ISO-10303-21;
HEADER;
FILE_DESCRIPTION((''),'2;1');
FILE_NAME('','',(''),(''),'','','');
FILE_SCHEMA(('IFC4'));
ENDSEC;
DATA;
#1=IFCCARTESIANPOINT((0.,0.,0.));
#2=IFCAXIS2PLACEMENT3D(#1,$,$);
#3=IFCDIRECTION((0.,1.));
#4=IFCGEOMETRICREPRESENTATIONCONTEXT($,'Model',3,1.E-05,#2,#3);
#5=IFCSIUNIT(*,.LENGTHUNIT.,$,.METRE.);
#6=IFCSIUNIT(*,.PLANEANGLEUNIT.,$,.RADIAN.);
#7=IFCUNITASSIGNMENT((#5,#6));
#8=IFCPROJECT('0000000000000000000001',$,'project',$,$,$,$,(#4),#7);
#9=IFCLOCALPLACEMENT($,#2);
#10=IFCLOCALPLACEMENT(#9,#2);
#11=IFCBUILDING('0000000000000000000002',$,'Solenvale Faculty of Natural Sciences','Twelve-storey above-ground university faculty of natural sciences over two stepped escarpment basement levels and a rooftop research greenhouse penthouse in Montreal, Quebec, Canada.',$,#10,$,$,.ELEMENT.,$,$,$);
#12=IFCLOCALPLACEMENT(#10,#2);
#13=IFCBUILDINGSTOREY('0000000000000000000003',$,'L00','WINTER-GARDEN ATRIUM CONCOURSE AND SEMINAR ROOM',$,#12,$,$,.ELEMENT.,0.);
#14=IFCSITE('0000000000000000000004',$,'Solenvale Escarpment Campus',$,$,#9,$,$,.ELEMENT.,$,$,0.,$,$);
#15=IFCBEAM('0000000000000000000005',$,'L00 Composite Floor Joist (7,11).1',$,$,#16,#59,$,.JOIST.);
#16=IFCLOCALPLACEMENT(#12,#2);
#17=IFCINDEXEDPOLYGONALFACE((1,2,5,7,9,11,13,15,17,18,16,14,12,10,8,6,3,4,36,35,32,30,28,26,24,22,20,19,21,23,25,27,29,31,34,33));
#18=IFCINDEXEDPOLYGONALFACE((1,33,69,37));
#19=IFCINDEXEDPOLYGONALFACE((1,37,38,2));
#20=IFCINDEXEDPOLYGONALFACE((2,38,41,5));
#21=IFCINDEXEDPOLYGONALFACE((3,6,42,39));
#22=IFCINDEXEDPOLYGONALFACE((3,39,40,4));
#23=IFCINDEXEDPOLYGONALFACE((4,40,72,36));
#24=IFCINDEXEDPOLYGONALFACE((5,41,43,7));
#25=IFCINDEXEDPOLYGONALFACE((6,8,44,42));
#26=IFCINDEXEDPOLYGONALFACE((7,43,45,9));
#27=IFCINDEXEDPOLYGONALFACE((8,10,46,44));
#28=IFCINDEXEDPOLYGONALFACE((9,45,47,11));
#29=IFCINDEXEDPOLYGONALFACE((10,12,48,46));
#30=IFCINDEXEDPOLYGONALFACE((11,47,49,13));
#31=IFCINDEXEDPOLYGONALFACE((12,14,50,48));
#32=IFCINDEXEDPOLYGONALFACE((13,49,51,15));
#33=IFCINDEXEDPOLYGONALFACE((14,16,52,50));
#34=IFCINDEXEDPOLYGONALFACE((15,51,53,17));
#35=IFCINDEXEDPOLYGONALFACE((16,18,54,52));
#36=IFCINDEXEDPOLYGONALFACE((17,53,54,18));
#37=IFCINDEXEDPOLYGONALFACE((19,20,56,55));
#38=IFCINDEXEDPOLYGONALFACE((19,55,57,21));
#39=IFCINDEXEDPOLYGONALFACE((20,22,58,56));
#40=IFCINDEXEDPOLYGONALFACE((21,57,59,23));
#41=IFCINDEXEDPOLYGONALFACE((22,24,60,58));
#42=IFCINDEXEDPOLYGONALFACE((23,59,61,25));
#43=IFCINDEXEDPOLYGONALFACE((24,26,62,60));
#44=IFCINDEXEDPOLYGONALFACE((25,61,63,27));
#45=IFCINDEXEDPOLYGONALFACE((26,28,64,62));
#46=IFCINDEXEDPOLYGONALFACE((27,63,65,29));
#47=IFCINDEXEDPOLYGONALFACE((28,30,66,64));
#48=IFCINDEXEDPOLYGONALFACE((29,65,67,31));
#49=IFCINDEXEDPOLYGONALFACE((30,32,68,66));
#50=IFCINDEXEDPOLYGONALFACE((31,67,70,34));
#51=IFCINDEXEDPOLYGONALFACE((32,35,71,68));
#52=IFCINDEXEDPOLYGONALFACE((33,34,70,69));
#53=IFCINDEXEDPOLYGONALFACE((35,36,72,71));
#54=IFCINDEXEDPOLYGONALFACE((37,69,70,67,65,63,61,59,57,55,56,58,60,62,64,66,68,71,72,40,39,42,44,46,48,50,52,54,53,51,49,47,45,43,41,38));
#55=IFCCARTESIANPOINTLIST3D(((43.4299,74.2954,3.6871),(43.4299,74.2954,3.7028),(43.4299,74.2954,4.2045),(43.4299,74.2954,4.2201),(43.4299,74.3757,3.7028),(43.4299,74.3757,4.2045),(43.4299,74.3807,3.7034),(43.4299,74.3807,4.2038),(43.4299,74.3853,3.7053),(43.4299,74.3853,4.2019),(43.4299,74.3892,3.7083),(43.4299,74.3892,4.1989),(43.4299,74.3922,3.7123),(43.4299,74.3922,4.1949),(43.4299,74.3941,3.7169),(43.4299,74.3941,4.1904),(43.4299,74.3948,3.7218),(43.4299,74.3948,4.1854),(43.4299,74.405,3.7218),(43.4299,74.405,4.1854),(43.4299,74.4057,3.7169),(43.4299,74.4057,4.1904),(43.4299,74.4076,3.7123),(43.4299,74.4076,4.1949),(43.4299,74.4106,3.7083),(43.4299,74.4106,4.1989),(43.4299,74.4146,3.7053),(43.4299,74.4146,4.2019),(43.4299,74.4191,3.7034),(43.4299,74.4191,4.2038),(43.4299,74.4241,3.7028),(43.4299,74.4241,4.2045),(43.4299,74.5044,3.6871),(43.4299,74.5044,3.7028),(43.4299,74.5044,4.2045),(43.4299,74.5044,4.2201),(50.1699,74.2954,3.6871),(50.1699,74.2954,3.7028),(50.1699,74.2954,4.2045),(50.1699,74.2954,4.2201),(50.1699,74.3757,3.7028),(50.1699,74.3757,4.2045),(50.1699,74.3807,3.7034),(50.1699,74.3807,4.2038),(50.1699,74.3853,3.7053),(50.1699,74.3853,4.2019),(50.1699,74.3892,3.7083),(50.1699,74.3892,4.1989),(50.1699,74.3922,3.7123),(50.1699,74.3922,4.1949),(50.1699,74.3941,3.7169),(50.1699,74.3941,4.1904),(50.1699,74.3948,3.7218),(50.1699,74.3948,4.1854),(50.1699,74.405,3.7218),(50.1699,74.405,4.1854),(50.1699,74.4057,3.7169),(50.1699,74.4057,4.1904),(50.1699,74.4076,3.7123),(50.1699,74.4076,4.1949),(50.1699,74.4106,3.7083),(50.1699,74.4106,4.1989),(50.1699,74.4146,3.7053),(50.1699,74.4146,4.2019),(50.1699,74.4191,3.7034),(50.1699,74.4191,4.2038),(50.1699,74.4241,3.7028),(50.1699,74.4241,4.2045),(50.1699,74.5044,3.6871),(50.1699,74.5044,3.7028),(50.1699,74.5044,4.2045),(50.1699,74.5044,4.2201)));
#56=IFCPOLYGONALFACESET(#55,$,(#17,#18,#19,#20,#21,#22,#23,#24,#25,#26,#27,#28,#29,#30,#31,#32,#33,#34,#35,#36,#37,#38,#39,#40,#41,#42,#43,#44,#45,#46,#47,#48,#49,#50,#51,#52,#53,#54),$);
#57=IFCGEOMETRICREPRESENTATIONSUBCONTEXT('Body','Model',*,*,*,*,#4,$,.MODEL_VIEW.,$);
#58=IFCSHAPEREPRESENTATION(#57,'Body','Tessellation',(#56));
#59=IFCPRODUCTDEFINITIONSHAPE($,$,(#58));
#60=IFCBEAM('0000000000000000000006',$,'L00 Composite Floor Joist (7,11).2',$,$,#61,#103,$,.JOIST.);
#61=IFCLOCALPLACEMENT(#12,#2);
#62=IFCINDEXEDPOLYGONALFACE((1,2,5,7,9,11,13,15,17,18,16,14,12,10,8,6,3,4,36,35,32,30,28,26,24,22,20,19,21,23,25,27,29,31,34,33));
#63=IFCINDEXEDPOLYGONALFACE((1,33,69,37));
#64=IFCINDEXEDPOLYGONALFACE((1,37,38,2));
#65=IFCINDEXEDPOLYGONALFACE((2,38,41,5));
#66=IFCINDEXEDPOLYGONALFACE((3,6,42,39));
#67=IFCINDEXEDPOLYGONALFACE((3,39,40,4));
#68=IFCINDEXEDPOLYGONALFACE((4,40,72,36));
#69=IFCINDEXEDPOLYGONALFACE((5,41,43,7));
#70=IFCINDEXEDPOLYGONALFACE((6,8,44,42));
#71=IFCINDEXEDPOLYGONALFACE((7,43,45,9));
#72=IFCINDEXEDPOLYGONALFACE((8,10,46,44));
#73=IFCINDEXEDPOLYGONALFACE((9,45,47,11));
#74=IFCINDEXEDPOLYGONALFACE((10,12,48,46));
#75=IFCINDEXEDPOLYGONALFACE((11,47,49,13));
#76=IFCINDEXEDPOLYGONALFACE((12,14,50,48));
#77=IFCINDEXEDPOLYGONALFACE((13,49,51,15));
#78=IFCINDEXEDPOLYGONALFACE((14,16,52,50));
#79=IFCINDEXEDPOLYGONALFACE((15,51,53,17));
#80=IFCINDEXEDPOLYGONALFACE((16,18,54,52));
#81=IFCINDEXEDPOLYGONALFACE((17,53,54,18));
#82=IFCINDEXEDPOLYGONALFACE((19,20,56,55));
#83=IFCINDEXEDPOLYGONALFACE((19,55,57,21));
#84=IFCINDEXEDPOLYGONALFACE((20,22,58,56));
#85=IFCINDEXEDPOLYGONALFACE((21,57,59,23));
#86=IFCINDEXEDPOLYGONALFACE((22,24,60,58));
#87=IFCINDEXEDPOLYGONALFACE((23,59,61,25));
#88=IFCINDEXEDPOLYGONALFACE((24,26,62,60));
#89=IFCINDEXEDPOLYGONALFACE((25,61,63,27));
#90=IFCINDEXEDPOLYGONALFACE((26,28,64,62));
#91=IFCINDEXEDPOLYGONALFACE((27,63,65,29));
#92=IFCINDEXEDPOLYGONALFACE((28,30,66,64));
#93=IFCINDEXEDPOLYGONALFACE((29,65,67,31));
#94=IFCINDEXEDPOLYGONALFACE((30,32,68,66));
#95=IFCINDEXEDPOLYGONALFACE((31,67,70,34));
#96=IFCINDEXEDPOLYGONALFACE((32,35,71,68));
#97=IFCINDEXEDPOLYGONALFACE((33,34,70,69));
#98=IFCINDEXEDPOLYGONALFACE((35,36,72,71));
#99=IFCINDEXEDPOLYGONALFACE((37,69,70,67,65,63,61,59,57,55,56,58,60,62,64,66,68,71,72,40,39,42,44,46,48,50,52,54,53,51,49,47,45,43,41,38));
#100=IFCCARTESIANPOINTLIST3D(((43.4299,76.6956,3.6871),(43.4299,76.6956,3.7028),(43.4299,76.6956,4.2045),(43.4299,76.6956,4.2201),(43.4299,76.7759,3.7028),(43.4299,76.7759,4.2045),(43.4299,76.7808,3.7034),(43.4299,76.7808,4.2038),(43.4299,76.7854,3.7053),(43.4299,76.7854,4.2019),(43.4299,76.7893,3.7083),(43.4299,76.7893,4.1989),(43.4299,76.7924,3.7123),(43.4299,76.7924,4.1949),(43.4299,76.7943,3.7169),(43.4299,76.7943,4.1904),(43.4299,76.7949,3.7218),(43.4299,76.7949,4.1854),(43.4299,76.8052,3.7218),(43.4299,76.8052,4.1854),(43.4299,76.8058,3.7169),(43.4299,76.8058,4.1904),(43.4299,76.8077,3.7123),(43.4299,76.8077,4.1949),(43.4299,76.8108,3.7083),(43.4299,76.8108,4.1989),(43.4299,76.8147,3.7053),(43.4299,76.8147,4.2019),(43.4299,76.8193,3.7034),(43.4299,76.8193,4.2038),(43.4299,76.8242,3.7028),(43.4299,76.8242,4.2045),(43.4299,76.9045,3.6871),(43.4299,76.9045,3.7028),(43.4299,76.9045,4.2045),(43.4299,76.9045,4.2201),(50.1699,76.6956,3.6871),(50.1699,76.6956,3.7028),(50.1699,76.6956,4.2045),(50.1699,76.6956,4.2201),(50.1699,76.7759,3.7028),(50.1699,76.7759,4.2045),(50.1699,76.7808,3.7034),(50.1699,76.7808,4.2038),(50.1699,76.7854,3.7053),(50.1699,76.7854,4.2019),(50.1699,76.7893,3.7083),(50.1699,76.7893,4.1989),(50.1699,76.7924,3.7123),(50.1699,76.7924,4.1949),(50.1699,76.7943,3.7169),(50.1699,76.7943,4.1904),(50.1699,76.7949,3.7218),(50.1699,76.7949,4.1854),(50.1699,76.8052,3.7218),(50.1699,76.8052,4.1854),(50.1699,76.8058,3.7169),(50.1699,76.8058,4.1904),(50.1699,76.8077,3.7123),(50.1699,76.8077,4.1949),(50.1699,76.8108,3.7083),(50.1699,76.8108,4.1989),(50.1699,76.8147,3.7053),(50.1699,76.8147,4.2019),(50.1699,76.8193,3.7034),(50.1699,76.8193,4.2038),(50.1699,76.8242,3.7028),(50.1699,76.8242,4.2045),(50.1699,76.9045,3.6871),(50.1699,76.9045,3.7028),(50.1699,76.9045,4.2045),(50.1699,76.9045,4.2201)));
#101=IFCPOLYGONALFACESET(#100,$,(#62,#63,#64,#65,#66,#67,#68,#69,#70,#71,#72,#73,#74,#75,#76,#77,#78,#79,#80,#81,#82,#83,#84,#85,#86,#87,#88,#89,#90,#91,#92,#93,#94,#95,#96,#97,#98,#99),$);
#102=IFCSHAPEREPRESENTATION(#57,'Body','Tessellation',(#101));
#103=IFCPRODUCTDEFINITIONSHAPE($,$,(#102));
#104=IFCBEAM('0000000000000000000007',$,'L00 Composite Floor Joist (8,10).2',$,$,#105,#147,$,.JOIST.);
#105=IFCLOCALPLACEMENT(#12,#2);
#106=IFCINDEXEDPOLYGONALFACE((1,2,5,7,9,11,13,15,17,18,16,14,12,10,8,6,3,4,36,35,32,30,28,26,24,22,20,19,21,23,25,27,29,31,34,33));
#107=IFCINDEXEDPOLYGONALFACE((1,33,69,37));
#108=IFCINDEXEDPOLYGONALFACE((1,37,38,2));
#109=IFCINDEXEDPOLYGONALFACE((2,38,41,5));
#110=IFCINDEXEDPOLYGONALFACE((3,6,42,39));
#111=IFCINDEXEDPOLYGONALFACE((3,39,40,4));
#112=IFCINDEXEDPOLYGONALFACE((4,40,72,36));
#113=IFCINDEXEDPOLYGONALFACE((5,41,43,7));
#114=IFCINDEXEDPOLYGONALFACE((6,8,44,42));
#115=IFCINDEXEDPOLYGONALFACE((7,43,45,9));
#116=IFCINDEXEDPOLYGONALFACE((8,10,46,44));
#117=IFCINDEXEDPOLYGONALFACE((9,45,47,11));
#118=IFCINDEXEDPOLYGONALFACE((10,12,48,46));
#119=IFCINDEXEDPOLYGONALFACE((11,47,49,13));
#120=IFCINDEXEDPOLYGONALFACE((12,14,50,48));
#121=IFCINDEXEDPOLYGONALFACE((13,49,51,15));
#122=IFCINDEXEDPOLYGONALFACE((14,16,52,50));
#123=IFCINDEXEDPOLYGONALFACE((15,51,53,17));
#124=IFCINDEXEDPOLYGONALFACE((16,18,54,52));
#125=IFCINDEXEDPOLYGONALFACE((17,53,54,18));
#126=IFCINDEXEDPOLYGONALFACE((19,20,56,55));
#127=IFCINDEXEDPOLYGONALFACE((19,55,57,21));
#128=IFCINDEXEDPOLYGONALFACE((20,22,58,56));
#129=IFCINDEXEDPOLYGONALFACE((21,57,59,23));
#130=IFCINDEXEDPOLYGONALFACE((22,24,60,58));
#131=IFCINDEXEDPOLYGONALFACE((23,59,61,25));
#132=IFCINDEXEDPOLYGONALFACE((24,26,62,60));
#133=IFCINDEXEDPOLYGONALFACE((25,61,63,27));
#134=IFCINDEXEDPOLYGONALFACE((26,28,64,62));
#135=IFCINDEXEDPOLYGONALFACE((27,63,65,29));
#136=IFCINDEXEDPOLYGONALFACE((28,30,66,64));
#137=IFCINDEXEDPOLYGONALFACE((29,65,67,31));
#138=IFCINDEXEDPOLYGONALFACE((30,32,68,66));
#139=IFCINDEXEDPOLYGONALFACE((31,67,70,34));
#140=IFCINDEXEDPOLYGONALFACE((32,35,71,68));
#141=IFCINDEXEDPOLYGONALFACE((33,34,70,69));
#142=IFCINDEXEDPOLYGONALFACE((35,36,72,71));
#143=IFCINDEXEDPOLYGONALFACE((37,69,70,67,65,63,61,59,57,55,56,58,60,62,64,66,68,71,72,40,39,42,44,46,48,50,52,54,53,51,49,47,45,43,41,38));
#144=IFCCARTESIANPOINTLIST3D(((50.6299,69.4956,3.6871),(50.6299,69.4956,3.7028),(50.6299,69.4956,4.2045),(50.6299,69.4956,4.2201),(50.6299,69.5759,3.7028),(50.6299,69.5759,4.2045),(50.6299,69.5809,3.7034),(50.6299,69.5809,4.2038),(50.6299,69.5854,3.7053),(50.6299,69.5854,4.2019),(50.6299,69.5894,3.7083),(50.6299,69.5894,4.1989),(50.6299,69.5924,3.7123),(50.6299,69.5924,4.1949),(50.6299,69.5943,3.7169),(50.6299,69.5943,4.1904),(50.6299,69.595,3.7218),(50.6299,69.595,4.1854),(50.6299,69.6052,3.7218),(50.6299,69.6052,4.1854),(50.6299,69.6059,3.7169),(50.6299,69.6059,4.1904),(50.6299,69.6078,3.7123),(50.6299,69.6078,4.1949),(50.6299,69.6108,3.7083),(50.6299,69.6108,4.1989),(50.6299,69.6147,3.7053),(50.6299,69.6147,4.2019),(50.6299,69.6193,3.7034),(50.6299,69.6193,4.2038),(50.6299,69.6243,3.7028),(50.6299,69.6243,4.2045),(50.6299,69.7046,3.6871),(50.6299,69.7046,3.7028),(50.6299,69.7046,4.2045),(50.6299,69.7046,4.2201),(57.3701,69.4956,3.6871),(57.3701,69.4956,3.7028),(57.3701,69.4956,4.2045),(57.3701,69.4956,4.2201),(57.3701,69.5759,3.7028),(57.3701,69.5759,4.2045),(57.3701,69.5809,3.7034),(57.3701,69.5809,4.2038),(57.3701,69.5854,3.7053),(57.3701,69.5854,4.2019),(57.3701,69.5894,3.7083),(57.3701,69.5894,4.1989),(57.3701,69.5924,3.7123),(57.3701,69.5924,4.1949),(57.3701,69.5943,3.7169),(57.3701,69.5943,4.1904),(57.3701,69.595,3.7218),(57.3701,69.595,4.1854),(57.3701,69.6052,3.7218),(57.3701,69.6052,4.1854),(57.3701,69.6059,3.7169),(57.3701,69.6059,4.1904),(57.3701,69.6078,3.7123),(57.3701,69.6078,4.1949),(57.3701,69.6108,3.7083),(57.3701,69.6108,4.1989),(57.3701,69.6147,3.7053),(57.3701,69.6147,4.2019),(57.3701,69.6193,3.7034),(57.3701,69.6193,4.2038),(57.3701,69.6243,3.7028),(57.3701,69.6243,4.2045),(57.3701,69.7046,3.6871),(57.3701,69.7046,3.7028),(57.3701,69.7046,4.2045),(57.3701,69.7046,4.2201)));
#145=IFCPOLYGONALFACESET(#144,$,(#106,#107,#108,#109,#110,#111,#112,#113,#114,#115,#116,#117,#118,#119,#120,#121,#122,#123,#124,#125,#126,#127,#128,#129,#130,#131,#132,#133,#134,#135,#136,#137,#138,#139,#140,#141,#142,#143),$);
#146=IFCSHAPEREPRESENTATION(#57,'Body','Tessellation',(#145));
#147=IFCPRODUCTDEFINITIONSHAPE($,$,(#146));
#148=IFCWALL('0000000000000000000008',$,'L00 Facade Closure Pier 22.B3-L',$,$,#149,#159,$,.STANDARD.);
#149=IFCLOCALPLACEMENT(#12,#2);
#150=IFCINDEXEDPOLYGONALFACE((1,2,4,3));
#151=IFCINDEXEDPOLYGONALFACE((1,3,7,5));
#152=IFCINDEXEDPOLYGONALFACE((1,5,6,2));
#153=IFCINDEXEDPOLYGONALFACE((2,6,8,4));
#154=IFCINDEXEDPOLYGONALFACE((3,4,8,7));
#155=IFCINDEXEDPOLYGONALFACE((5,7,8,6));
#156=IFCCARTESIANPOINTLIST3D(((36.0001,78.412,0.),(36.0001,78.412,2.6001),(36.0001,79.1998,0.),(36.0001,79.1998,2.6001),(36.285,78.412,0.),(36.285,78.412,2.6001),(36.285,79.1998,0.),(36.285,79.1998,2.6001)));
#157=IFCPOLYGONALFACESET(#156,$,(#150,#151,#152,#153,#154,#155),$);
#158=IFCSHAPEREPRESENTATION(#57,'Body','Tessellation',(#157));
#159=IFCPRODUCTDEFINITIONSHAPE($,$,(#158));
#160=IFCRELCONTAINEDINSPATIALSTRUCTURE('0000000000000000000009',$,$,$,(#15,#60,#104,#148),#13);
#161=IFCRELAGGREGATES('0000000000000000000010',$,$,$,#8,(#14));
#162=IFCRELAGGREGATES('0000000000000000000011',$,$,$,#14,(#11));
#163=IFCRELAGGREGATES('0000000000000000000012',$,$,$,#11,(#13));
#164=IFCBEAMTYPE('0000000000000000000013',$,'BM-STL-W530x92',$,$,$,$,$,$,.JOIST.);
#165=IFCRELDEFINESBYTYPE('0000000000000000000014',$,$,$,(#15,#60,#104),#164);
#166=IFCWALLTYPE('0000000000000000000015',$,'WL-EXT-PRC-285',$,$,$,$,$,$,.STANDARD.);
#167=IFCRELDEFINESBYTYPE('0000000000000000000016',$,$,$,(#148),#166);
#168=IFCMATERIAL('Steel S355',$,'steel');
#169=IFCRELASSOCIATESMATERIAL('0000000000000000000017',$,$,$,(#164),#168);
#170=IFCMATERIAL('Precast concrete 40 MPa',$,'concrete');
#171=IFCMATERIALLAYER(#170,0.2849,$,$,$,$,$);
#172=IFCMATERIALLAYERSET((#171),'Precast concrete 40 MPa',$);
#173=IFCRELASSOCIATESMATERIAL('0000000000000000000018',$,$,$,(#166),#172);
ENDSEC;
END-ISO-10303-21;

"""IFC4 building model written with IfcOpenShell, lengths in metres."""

from ifc_helpers import new_model, si_unit, direction, frame, frame_2d, origin, origin_2d, place, context, subcontext, project, spatial, rectangle, i_section, extrude, material, layer, layer_set, material_profile, profile_set, type_object, element, save


model = new_model("IFC4")

# Units and contexts
model_context = context("Model", 3, precision=1e-05, world=origin(), true_north=direction((0.0, 1.0)))
body_context = subcontext(model_context, "Body", "Model", "MODEL_VIEW")
ifc_project = project(units=[si_unit("LENGTHUNIT", "METRE"), si_unit("PLANEANGLEUNIT", "RADIAN")], contexts=[model_context])

# Site, building, storey
site_placement = place(None, origin())
site = spatial("IfcSite", under=ifc_project, at=site_placement, Name="Solenvale Escarpment Campus", CompositionType="ELEMENT", RefElevation=0.0)
building_placement = place(site_placement, origin())
building = spatial("IfcBuilding", under=site, at=building_placement, Name="Solenvale Faculty of Natural Sciences", Description="Twelve-storey above-ground university faculty of natural sciences over two stepped escarpment basement levels and a rooftop research greenhouse penthouse in Montreal, Quebec, Canada.", CompositionType="ELEMENT")
storey_placement = place(building_placement, origin())
storey = spatial("IfcBuildingStorey", under=building, at=storey_placement, Name="L00", Description="WINTER-GARDEN ATRIUM CONCOURSE AND SEMINAR ROOM", CompositionType="ELEMENT", Elevation=0.0)

# Shared definitions
ifc_material_1 = material(Name="Steel S355", Category="steel")

# Beams
ifc_material_profile_1 = material_profile(ifc_material_1, i_section(OverallWidth=0.209, OverallDepth=0.533, WebThickness=0.0103, FlangeThickness=0.0156, FilletRadius=0.019, at=origin_2d()), Name="W530x92")
ifc_profile_set_1 = profile_set([ifc_material_profile_1], Name="Steel S355")
beam_type_1 = type_object("IfcBeamType", Name="BM-STL-W530x92", PredefinedType="JOIST", material=ifc_profile_set_1)
for number, where, z_axis, x_axis, name in (
    (1, (43.4299, 74.3999, 3.9536), (1.0, 0.0, 0.0), (0.0, 1.0, 0.0), "L00 Composite Floor Joist (7,11).1"),
    (2, (43.4299, 76.8, 3.9536), (1.0, 0.0, 0.0), (0.0, 1.0, 0.0), "L00 Composite Floor Joist (7,11).2"),
):
    element("IfcBeam", number, at=place(storey_placement, frame(where, z_axis=z_axis, x_axis=x_axis)), inside=storey, type_object=beam_type_1, Name=name, PredefinedType="JOIST", context=body_context, shape_type="SweptSolid", body=[
        extrude(i_section(OverallWidth=0.209, OverallDepth=0.533, WebThickness=0.0103, FlangeThickness=0.0156, FilletRadius=0.019, at=origin_2d()), origin(), (0.0, 0.0, 1.0), 6.74),
    ])
beam_1_placement = place(storey_placement, frame((50.6299, 69.6001, 3.9536), z_axis=(1.0, 0.0, 0.0), x_axis=(0.0, 1.0, 0.0)))
element("IfcBeam", 3, at=beam_1_placement, inside=storey, type_object=beam_type_1, Name="L00 Composite Floor Joist (8,10).2", PredefinedType="JOIST", context=body_context, shape_type="SweptSolid", body=[
    extrude(i_section(OverallWidth=0.209, OverallDepth=0.533, WebThickness=0.0103, FlangeThickness=0.0156, FilletRadius=0.019, at=origin_2d()), origin(), (0.0, 0.0, 1.0), 6.7402),
])

# Wall
ifc_material_2 = material(Name="Precast concrete 40 MPa", Category="concrete")
ifc_layer = layer(ifc_material_2, 0.2849)
ifc_layer_set = layer_set([ifc_layer], Name="Precast concrete 40 MPa")
wall_type = type_object("IfcWallType", Name="WL-EXT-PRC-285", PredefinedType="STANDARD", material=ifc_layer_set)
wall_placement = place(storey_placement, frame((36.1426, 79.2, 0.0), z_axis=(0.0, 0.0, 1.0), x_axis=(0.0, -1.0, 0.0)))
element("IfcWall", 4, at=wall_placement, inside=storey, type_object=wall_type, Name="L00 Facade Closure Pier 22.B3-L", PredefinedType="STANDARD", context=body_context, shape_type="SweptSolid", body=[
    extrude(rectangle(XDim=0.7878, YDim=0.2849, at=frame_2d((0.394, 0.0))), origin(), (0.0, 0.0, 1.0), 2.6001),
])

save(model, "model.ifc")
